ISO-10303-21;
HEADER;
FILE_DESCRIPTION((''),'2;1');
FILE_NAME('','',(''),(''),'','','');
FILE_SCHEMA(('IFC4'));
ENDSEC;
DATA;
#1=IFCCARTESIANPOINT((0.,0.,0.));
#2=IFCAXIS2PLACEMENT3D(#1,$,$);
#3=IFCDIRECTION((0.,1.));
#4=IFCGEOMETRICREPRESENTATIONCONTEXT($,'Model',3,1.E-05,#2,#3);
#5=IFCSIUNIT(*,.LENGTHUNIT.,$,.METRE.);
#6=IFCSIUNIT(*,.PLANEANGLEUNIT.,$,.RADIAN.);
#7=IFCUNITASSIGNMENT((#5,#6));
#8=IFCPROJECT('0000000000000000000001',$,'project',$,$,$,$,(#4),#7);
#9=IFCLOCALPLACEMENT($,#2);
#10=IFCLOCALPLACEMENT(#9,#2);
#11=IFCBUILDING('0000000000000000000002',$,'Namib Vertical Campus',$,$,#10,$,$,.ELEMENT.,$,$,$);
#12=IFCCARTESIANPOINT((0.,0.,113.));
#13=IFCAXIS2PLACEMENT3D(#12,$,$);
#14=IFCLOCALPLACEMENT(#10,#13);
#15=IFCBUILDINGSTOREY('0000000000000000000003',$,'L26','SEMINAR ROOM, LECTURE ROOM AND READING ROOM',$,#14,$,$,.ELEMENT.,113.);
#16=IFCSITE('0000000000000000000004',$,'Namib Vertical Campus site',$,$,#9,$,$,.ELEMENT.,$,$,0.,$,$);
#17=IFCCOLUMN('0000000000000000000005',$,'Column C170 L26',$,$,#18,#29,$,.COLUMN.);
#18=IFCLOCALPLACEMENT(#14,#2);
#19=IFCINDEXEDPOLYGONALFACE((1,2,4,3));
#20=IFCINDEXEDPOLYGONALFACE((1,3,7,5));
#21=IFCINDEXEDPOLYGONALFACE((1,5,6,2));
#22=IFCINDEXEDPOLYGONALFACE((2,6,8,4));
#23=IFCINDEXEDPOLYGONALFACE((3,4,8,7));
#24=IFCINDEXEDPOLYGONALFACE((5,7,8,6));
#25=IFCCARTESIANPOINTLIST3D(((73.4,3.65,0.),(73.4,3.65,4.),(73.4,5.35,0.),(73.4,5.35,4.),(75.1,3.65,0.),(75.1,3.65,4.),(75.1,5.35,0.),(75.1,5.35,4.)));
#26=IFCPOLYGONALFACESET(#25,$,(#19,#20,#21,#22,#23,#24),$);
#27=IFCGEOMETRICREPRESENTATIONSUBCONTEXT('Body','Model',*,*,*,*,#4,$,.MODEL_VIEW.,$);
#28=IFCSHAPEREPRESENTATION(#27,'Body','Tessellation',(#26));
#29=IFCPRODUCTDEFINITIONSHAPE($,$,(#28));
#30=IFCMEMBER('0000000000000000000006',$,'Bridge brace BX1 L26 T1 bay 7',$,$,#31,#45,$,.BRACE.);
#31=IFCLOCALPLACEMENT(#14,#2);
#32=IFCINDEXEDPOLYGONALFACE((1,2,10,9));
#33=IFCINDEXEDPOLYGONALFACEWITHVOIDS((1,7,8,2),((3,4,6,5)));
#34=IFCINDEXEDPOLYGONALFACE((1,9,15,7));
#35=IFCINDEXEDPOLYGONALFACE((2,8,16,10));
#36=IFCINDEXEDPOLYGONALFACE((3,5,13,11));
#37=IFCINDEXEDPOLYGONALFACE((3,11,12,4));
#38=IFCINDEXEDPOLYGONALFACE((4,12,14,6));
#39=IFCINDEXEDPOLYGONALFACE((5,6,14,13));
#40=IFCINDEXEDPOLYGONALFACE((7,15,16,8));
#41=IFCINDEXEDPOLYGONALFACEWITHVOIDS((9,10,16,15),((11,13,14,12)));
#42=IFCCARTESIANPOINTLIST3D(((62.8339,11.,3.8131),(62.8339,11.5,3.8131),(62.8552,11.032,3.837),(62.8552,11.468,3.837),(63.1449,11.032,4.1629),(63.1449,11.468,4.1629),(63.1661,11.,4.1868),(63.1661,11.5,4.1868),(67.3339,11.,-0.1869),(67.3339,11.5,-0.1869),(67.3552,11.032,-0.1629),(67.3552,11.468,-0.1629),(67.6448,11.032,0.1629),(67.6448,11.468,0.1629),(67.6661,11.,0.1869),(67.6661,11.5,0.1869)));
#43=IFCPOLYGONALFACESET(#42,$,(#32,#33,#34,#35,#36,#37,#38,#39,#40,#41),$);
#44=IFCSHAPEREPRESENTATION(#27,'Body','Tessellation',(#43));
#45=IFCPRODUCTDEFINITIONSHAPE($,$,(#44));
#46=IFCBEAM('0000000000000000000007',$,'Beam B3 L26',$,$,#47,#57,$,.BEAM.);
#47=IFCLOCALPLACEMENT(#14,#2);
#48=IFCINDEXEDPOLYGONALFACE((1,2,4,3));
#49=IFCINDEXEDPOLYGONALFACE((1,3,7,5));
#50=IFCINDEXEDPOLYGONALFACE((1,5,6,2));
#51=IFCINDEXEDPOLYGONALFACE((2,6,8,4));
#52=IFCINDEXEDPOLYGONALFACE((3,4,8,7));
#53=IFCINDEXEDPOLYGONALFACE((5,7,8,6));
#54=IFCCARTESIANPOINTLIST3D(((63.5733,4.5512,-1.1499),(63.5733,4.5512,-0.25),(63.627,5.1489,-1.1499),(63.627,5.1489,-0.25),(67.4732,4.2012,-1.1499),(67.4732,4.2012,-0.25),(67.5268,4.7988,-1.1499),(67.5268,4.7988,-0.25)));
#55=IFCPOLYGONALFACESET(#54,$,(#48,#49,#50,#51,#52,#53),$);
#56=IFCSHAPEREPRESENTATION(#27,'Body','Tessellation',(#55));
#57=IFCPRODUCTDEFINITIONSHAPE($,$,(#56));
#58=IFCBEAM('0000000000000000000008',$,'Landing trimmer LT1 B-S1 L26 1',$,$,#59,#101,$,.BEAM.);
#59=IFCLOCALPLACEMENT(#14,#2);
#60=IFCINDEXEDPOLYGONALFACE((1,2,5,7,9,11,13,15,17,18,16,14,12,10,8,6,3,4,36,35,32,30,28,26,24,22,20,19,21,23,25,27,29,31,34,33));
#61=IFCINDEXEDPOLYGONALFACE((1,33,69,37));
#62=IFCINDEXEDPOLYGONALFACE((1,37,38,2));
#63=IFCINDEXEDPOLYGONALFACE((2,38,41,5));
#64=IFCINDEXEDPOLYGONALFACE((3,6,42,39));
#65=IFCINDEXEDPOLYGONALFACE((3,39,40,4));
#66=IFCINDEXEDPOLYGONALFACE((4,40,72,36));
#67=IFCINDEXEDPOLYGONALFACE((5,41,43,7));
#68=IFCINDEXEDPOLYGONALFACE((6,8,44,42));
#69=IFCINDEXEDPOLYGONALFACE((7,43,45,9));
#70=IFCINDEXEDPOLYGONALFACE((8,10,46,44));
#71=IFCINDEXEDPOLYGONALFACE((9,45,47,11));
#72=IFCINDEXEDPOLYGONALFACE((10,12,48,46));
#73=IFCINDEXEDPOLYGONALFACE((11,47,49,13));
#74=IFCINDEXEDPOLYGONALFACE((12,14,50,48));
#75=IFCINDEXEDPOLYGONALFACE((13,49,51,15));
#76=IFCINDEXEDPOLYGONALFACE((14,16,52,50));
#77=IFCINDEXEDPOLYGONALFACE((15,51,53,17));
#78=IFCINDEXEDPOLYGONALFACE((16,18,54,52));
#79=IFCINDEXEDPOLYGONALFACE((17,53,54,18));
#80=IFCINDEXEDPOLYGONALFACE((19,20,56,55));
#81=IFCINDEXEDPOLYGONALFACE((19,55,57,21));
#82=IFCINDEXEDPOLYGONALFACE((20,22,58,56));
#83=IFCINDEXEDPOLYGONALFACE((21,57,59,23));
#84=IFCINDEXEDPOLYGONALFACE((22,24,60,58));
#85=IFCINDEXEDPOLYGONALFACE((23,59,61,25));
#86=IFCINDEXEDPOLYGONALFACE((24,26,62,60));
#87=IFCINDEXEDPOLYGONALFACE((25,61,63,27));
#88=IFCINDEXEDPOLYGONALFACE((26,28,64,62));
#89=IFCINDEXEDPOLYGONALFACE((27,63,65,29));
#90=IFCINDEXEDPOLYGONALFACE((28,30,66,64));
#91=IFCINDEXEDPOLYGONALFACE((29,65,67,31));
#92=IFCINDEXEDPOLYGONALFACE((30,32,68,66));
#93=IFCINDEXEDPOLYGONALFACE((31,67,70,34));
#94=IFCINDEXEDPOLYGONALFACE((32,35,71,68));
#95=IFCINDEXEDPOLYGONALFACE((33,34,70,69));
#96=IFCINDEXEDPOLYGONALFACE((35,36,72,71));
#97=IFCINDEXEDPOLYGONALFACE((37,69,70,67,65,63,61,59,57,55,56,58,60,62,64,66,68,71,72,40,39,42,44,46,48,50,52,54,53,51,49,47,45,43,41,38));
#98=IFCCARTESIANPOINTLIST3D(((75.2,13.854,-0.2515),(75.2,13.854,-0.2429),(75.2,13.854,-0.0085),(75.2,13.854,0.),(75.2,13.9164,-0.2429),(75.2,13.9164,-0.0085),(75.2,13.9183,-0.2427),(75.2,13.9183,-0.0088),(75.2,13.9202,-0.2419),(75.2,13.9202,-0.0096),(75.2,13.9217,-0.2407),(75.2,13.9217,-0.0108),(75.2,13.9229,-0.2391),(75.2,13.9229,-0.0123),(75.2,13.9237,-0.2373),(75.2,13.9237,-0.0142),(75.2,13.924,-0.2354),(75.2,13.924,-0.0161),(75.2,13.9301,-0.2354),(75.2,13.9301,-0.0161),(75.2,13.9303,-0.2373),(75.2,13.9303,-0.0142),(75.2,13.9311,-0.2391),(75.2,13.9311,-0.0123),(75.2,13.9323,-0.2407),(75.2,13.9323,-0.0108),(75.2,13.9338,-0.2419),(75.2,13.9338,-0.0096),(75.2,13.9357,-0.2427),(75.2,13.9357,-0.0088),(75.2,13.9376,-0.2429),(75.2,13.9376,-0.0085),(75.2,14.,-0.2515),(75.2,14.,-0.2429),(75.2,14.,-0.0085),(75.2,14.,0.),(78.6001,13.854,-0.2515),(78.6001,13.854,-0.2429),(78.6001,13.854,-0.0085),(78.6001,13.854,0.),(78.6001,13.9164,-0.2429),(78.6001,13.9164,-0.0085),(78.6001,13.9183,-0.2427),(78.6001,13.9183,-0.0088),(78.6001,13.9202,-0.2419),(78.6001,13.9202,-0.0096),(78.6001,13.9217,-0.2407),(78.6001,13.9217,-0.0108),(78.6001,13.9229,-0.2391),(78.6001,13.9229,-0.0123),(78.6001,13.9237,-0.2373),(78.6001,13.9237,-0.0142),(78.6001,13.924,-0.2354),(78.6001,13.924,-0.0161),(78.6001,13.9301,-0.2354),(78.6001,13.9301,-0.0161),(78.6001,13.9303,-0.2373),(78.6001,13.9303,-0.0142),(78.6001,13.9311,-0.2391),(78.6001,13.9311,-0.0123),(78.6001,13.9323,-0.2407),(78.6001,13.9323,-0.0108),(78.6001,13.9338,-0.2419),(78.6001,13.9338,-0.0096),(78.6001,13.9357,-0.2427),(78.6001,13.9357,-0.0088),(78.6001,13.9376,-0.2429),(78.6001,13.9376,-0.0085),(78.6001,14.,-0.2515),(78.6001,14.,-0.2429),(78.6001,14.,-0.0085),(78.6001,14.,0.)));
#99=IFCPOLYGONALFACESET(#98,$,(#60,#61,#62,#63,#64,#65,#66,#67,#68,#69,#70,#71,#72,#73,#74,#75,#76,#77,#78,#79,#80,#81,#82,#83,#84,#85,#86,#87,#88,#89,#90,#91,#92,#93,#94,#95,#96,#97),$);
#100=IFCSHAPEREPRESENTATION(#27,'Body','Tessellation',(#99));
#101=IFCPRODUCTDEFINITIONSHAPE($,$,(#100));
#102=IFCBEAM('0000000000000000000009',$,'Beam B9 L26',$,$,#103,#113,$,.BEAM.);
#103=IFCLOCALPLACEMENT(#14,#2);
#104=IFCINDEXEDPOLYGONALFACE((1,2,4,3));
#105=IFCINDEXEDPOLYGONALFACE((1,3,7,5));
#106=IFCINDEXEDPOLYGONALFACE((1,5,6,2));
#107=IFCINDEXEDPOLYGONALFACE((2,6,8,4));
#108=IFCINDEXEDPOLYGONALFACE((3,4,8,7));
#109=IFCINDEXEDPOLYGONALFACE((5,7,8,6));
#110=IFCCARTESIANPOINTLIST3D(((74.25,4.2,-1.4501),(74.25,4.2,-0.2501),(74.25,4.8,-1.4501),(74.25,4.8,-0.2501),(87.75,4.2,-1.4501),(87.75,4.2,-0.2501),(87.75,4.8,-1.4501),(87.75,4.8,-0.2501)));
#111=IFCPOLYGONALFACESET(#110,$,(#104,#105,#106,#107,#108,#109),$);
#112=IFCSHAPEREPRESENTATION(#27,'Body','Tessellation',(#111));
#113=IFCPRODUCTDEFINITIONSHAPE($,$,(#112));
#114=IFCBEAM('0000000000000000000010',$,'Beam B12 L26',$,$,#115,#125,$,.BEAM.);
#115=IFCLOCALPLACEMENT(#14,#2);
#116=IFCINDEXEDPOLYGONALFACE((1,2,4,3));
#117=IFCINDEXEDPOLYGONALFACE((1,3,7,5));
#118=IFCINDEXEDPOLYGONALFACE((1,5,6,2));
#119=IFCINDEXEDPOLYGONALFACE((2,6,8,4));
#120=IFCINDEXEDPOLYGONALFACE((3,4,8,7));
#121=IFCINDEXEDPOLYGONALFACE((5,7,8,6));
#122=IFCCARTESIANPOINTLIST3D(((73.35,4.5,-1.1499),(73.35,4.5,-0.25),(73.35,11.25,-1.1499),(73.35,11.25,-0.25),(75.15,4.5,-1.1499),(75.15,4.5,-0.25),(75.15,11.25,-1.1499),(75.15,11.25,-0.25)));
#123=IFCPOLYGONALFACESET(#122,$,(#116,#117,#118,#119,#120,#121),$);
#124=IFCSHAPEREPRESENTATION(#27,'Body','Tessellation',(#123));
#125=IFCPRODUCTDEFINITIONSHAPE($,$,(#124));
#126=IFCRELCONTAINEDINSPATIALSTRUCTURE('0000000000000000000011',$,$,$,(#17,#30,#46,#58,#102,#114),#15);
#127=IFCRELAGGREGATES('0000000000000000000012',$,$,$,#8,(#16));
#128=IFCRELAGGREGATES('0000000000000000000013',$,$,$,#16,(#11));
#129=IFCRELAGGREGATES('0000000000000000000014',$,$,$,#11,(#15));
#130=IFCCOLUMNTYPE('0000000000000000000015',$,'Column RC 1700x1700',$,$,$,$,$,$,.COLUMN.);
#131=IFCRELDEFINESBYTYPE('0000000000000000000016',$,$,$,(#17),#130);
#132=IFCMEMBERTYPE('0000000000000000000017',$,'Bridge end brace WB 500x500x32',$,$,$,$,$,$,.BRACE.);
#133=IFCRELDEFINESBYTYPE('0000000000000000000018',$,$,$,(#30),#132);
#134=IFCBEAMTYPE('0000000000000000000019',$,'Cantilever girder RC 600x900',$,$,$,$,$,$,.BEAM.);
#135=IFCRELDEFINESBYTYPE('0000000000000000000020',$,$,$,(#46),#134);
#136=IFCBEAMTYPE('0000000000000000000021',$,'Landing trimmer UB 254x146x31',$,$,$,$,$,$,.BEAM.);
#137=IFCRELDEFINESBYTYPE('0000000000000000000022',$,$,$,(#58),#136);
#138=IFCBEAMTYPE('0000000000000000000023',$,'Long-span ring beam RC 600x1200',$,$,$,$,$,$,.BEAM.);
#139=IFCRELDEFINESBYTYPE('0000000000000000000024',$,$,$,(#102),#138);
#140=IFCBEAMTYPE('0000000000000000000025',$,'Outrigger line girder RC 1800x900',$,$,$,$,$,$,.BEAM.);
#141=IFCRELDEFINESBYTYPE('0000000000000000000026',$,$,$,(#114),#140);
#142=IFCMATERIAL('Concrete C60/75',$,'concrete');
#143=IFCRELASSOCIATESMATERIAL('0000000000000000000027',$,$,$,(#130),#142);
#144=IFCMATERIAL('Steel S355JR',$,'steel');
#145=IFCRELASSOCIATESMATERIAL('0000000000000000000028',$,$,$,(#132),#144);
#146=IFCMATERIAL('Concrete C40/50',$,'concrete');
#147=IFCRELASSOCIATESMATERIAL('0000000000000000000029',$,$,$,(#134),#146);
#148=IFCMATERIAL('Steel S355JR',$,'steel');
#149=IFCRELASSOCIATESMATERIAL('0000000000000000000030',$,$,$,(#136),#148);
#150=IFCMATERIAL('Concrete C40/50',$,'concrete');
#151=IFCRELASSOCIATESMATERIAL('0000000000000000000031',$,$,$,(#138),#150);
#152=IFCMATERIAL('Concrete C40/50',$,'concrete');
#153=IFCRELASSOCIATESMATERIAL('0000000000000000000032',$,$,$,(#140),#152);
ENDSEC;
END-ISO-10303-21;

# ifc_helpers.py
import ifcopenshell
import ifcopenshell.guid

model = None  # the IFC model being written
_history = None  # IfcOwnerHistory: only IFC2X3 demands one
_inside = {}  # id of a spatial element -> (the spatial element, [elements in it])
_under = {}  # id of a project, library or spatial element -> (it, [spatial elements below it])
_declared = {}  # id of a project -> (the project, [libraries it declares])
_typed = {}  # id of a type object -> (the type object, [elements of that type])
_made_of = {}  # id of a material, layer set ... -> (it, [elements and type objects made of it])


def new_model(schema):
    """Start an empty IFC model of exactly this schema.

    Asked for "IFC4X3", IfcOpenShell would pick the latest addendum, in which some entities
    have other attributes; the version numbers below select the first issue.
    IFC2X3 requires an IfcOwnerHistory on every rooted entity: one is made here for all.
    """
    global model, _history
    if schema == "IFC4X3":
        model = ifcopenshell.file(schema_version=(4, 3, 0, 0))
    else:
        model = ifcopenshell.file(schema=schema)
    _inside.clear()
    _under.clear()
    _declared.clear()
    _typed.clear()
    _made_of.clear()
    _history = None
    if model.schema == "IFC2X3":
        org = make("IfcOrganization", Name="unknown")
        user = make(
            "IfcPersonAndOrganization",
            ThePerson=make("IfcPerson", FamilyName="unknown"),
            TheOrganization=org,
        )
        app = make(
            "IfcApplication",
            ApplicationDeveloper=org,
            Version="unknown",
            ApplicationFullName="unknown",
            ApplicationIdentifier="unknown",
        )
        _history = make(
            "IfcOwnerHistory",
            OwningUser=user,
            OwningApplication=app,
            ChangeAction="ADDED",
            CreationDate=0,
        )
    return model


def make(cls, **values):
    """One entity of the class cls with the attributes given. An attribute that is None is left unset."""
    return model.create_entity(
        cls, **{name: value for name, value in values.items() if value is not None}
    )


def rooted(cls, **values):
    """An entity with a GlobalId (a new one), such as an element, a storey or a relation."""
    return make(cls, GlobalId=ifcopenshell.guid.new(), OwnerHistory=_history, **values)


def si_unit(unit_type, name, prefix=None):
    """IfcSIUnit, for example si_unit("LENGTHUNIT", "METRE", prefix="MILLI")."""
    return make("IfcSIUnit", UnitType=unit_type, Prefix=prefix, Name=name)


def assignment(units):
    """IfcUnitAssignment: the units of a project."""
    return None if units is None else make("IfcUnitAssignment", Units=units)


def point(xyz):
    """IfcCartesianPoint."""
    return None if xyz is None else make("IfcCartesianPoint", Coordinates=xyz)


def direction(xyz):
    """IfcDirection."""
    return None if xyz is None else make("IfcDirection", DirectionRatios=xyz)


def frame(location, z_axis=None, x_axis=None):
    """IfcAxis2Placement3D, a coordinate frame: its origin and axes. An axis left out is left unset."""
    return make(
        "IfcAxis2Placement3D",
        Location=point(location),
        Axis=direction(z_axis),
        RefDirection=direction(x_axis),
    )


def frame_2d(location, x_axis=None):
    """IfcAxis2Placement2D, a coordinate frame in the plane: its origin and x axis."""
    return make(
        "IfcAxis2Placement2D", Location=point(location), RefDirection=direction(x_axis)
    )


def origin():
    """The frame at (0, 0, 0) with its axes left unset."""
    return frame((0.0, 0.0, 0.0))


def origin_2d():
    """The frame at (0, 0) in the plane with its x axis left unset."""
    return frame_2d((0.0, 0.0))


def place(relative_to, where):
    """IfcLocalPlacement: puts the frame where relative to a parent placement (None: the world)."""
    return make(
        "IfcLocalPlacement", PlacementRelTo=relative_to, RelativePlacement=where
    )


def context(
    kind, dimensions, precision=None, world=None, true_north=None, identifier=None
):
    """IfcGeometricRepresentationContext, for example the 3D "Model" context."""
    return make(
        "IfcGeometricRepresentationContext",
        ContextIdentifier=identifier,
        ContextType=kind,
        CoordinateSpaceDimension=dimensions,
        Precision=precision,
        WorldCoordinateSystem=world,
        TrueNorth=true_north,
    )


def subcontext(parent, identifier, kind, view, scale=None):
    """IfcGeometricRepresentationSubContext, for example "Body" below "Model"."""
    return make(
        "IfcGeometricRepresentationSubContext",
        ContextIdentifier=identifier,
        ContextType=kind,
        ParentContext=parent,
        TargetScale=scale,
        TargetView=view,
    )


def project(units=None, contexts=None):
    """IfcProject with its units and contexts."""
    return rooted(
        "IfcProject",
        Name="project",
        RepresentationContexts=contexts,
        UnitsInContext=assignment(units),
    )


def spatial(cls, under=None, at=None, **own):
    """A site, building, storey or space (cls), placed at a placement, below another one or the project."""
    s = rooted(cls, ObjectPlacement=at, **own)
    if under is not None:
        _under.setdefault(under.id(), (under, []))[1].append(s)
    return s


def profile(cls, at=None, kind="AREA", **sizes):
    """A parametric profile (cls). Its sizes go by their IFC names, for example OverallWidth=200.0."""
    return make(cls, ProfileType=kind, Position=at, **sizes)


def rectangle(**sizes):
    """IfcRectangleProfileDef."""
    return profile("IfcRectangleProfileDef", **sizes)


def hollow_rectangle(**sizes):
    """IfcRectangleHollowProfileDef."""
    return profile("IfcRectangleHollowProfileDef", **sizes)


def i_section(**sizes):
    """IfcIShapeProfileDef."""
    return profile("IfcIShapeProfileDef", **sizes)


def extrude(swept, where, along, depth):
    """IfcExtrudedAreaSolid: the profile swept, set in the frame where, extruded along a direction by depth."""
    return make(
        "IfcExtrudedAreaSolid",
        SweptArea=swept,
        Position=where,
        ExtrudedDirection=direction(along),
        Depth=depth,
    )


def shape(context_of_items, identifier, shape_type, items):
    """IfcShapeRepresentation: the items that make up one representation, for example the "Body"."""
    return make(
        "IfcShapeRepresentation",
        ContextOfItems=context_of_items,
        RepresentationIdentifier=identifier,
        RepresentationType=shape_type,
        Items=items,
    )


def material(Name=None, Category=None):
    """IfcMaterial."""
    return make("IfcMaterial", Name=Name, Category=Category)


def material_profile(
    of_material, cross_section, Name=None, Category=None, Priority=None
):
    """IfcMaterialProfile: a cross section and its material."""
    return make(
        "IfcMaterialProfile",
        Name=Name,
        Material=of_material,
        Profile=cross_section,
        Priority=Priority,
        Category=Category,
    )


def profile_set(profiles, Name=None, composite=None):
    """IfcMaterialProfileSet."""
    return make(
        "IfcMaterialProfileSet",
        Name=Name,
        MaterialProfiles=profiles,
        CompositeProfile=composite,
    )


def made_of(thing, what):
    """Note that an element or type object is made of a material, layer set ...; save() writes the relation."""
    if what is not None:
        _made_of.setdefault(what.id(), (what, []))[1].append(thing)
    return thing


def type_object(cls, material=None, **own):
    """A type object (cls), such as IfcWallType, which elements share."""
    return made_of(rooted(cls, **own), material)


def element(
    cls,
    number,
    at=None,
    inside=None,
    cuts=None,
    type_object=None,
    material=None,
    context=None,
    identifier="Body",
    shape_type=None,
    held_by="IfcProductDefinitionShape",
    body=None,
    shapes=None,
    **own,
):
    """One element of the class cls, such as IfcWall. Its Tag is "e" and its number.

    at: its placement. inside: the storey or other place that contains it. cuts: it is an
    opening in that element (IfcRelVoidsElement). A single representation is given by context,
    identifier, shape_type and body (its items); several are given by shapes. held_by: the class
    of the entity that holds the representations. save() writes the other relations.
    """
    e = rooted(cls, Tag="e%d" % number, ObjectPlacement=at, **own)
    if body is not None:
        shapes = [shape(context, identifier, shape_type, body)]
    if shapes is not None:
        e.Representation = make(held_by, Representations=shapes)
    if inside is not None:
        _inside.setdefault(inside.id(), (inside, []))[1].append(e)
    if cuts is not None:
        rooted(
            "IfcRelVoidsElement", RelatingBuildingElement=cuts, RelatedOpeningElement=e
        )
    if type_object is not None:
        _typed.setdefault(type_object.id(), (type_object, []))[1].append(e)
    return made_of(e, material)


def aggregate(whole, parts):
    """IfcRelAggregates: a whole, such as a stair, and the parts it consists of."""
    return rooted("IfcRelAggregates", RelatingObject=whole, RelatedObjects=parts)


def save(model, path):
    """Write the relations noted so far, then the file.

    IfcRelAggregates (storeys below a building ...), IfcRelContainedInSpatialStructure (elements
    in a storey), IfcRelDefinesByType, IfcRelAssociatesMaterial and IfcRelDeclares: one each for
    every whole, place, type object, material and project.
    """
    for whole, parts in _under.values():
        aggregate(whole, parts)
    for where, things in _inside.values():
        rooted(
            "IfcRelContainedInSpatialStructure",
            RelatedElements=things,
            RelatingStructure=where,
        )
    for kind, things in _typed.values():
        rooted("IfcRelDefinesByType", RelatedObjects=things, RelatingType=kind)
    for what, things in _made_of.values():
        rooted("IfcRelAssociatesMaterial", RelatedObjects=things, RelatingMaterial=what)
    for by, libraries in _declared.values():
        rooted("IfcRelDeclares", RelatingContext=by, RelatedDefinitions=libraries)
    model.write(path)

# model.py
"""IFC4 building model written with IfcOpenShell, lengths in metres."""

from ifc_helpers import new_model, si_unit, direction, frame, origin, origin_2d, place, context, subcontext, project, spatial, rectangle, hollow_rectangle, i_section, extrude, material, material_profile, profile_set, type_object, element, save


model = new_model("IFC4")

# Units and contexts
model_context = context("Model", 3, precision=1e-05, world=origin(), true_north=direction((0.0, 1.0)))
body_context = subcontext(model_context, "Body", "Model", "MODEL_VIEW")
ifc_project = project(units=[si_unit("LENGTHUNIT", "METRE"), si_unit("PLANEANGLEUNIT", "RADIAN")], contexts=[model_context])

# Site, building, storey
site_placement = place(None, origin())
site = spatial("IfcSite", under=ifc_project, at=site_placement, Name="Namib Vertical Campus site", CompositionType="ELEMENT", RefElevation=0.0)
building_placement = place(site_placement, origin())
building = spatial("IfcBuilding", under=site, at=building_placement, Name="Namib Vertical Campus", CompositionType="ELEMENT")
storey_placement = place(building_placement, frame((0.0, 0.0, 113.0)))
storey = spatial("IfcBuildingStorey", under=building, at=storey_placement, Name="L26", Description="SEMINAR ROOM, LECTURE ROOM AND READING ROOM", CompositionType="ELEMENT", Elevation=113.0)

# Column
ifc_material_1 = material(Name="Concrete C60/75", Category="concrete")
ifc_material_profile_1 = material_profile(ifc_material_1, rectangle(XDim=1.7, YDim=1.7, at=origin_2d()))
ifc_profile_set_1 = profile_set([ifc_material_profile_1], Name="Concrete C60/75")
column_type = type_object("IfcColumnType", Name="Column RC 1700x1700", PredefinedType="COLUMN", material=ifc_profile_set_1)
column_placement = place(storey_placement, frame((74.25, 4.5, 0.0), z_axis=(0.0, 0.0, 1.0), x_axis=(1.0, 0.0, 0.0)))
element("IfcColumn", 1, at=column_placement, inside=storey, type_object=column_type, Name="Column C170 L26", PredefinedType="COLUMN", context=body_context, shape_type="SweptSolid", body=[
    extrude(rectangle(XDim=1.7, YDim=1.7, at=origin_2d()), origin(), (0.0, 0.0, 1.0), 4.0),
])

# Member
ifc_material_2 = material(Name="Steel S355JR", Category="steel")
ifc_material_profile_2 = material_profile(ifc_material_2, hollow_rectangle(XDim=0.5, YDim=0.5, WallThickness=0.032, at=origin_2d()))
ifc_profile_set_2 = profile_set([ifc_material_profile_2], Name="Steel S355JR")
member_type = type_object("IfcMemberType", Name="Bridge end brace WB 500x500x32", PredefinedType="BRACE", material=ifc_profile_set_2)
member_placement = place(storey_placement, frame((67.5, 11.25, 0.0), z_axis=(-0.747409, 0.0, 0.664364), x_axis=(0.0, -1.0, 0.0)))
element("IfcMember", 2, at=member_placement, inside=storey, type_object=member_type, Name="Bridge brace BX1 L26 T1 bay 7", PredefinedType="BRACE", context=body_context, shape_type="SweptSolid", body=[
    extrude(hollow_rectangle(XDim=0.5, YDim=0.5, WallThickness=0.032, at=origin_2d()), origin(), (0.0, 0.0, 1.0), 6.0208),
])

# Beams
ifc_material_3 = material(Name="Concrete C40/50", Category="concrete")
ifc_material_profile_3 = material_profile(ifc_material_3, rectangle(XDim=0.6001, YDim=0.8999, at=origin_2d()))
ifc_profile_set_3 = profile_set([ifc_material_profile_3], Name="Concrete C40/50")
beam_type_1 = type_object("IfcBeamType", Name="Cantilever girder RC 600x900", PredefinedType="BEAM", material=ifc_profile_set_3)
beam_1_placement = place(storey_placement, frame((67.5, 4.5, -0.7), z_axis=(-0.995995, 0.089411, 0.0), x_axis=(-0.089411, -0.995995, 0.0)))
element("IfcBeam", 3, at=beam_1_placement, inside=storey, type_object=beam_type_1, Name="Beam B3 L26", PredefinedType="BEAM", context=body_context, shape_type="SweptSolid", body=[
    extrude(rectangle(XDim=0.6001, YDim=0.8999, at=origin_2d()), origin(), (0.0, 0.0, 1.0), 3.9155),
])
ifc_material_4 = material(Name="Steel S355JR", Category="steel")
ifc_material_profile_4 = material_profile(ifc_material_4, i_section(OverallWidth=0.146, OverallDepth=0.2515, WebThickness=0.0061, FlangeThickness=0.0085, FilletRadius=0.0076, at=origin_2d()))
ifc_profile_set_4 = profile_set([ifc_material_profile_4], Name="Steel S355JR")
beam_type_2 = type_object("IfcBeamType", Name="Landing trimmer UB 254x146x31", PredefinedType="BEAM", material=ifc_profile_set_4)
beam_2_placement = place(storey_placement, frame((75.2, 13.927, -0.1257), z_axis=(1.0, 0.0, 0.0), x_axis=(0.0, 1.0, 0.0)))
element("IfcBeam", 4, at=beam_2_placement, inside=storey, type_object=beam_type_2, Name="Landing trimmer LT1 B-S1 L26 1", PredefinedType="BEAM", context=body_context, shape_type="SweptSolid", body=[
    extrude(i_section(OverallWidth=0.146, OverallDepth=0.2515, WebThickness=0.0061, FlangeThickness=0.0085, FilletRadius=0.0076, at=origin_2d()), origin(), (0.0, 0.0, 1.0), 3.4001),
])
ifc_material_5 = material(Name="Concrete C40/50", Category="concrete")
ifc_material_profile_5 = material_profile(ifc_material_5, rectangle(XDim=0.6001, YDim=1.2, at=origin_2d()))
ifc_profile_set_5 = profile_set([ifc_material_profile_5], Name="Concrete C40/50")
beam_type_3 = type_object("IfcBeamType", Name="Long-span ring beam RC 600x1200", PredefinedType="BEAM", material=ifc_profile_set_5)
beam_3_placement = place(storey_placement, frame((74.25, 4.5, -0.8501), z_axis=(1.0, 0.0, 0.0), x_axis=(0.0, 1.0, 0.0)))
element("IfcBeam", 5, at=beam_3_placement, inside=storey, type_object=beam_type_3, Name="Beam B9 L26", PredefinedType="BEAM", context=body_context, shape_type="SweptSolid", body=[
    extrude(rectangle(XDim=0.6001, YDim=1.2, at=origin_2d()), origin(), (0.0, 0.0, 1.0), 13.5),
])
ifc_material_6 = material(Name="Concrete C40/50", Category="concrete")
ifc_material_profile_6 = material_profile(ifc_material_6, rectangle(XDim=1.8, YDim=0.8999, at=origin_2d()))
ifc_profile_set_6 = profile_set([ifc_material_profile_6], Name="Concrete C40/50")
beam_type_4 = type_object("IfcBeamType", Name="Outrigger line girder RC 1800x900", PredefinedType="BEAM", material=ifc_profile_set_6)
beam_4_placement = place(storey_placement, frame((74.25, 4.5, -0.7), z_axis=(0.0, 1.0, 0.0), x_axis=(-1.0, 0.0, 0.0)))
element("IfcBeam", 6, at=beam_4_placement, inside=storey, type_object=beam_type_4, Name="Beam B12 L26", PredefinedType="BEAM", context=body_context, shape_type="SweptSolid", body=[
    extrude(rectangle(XDim=1.8, YDim=0.8999, at=origin_2d()), origin(), (0.0, 0.0, 1.0), 6.75),
])

save(model, "model.ifc")
